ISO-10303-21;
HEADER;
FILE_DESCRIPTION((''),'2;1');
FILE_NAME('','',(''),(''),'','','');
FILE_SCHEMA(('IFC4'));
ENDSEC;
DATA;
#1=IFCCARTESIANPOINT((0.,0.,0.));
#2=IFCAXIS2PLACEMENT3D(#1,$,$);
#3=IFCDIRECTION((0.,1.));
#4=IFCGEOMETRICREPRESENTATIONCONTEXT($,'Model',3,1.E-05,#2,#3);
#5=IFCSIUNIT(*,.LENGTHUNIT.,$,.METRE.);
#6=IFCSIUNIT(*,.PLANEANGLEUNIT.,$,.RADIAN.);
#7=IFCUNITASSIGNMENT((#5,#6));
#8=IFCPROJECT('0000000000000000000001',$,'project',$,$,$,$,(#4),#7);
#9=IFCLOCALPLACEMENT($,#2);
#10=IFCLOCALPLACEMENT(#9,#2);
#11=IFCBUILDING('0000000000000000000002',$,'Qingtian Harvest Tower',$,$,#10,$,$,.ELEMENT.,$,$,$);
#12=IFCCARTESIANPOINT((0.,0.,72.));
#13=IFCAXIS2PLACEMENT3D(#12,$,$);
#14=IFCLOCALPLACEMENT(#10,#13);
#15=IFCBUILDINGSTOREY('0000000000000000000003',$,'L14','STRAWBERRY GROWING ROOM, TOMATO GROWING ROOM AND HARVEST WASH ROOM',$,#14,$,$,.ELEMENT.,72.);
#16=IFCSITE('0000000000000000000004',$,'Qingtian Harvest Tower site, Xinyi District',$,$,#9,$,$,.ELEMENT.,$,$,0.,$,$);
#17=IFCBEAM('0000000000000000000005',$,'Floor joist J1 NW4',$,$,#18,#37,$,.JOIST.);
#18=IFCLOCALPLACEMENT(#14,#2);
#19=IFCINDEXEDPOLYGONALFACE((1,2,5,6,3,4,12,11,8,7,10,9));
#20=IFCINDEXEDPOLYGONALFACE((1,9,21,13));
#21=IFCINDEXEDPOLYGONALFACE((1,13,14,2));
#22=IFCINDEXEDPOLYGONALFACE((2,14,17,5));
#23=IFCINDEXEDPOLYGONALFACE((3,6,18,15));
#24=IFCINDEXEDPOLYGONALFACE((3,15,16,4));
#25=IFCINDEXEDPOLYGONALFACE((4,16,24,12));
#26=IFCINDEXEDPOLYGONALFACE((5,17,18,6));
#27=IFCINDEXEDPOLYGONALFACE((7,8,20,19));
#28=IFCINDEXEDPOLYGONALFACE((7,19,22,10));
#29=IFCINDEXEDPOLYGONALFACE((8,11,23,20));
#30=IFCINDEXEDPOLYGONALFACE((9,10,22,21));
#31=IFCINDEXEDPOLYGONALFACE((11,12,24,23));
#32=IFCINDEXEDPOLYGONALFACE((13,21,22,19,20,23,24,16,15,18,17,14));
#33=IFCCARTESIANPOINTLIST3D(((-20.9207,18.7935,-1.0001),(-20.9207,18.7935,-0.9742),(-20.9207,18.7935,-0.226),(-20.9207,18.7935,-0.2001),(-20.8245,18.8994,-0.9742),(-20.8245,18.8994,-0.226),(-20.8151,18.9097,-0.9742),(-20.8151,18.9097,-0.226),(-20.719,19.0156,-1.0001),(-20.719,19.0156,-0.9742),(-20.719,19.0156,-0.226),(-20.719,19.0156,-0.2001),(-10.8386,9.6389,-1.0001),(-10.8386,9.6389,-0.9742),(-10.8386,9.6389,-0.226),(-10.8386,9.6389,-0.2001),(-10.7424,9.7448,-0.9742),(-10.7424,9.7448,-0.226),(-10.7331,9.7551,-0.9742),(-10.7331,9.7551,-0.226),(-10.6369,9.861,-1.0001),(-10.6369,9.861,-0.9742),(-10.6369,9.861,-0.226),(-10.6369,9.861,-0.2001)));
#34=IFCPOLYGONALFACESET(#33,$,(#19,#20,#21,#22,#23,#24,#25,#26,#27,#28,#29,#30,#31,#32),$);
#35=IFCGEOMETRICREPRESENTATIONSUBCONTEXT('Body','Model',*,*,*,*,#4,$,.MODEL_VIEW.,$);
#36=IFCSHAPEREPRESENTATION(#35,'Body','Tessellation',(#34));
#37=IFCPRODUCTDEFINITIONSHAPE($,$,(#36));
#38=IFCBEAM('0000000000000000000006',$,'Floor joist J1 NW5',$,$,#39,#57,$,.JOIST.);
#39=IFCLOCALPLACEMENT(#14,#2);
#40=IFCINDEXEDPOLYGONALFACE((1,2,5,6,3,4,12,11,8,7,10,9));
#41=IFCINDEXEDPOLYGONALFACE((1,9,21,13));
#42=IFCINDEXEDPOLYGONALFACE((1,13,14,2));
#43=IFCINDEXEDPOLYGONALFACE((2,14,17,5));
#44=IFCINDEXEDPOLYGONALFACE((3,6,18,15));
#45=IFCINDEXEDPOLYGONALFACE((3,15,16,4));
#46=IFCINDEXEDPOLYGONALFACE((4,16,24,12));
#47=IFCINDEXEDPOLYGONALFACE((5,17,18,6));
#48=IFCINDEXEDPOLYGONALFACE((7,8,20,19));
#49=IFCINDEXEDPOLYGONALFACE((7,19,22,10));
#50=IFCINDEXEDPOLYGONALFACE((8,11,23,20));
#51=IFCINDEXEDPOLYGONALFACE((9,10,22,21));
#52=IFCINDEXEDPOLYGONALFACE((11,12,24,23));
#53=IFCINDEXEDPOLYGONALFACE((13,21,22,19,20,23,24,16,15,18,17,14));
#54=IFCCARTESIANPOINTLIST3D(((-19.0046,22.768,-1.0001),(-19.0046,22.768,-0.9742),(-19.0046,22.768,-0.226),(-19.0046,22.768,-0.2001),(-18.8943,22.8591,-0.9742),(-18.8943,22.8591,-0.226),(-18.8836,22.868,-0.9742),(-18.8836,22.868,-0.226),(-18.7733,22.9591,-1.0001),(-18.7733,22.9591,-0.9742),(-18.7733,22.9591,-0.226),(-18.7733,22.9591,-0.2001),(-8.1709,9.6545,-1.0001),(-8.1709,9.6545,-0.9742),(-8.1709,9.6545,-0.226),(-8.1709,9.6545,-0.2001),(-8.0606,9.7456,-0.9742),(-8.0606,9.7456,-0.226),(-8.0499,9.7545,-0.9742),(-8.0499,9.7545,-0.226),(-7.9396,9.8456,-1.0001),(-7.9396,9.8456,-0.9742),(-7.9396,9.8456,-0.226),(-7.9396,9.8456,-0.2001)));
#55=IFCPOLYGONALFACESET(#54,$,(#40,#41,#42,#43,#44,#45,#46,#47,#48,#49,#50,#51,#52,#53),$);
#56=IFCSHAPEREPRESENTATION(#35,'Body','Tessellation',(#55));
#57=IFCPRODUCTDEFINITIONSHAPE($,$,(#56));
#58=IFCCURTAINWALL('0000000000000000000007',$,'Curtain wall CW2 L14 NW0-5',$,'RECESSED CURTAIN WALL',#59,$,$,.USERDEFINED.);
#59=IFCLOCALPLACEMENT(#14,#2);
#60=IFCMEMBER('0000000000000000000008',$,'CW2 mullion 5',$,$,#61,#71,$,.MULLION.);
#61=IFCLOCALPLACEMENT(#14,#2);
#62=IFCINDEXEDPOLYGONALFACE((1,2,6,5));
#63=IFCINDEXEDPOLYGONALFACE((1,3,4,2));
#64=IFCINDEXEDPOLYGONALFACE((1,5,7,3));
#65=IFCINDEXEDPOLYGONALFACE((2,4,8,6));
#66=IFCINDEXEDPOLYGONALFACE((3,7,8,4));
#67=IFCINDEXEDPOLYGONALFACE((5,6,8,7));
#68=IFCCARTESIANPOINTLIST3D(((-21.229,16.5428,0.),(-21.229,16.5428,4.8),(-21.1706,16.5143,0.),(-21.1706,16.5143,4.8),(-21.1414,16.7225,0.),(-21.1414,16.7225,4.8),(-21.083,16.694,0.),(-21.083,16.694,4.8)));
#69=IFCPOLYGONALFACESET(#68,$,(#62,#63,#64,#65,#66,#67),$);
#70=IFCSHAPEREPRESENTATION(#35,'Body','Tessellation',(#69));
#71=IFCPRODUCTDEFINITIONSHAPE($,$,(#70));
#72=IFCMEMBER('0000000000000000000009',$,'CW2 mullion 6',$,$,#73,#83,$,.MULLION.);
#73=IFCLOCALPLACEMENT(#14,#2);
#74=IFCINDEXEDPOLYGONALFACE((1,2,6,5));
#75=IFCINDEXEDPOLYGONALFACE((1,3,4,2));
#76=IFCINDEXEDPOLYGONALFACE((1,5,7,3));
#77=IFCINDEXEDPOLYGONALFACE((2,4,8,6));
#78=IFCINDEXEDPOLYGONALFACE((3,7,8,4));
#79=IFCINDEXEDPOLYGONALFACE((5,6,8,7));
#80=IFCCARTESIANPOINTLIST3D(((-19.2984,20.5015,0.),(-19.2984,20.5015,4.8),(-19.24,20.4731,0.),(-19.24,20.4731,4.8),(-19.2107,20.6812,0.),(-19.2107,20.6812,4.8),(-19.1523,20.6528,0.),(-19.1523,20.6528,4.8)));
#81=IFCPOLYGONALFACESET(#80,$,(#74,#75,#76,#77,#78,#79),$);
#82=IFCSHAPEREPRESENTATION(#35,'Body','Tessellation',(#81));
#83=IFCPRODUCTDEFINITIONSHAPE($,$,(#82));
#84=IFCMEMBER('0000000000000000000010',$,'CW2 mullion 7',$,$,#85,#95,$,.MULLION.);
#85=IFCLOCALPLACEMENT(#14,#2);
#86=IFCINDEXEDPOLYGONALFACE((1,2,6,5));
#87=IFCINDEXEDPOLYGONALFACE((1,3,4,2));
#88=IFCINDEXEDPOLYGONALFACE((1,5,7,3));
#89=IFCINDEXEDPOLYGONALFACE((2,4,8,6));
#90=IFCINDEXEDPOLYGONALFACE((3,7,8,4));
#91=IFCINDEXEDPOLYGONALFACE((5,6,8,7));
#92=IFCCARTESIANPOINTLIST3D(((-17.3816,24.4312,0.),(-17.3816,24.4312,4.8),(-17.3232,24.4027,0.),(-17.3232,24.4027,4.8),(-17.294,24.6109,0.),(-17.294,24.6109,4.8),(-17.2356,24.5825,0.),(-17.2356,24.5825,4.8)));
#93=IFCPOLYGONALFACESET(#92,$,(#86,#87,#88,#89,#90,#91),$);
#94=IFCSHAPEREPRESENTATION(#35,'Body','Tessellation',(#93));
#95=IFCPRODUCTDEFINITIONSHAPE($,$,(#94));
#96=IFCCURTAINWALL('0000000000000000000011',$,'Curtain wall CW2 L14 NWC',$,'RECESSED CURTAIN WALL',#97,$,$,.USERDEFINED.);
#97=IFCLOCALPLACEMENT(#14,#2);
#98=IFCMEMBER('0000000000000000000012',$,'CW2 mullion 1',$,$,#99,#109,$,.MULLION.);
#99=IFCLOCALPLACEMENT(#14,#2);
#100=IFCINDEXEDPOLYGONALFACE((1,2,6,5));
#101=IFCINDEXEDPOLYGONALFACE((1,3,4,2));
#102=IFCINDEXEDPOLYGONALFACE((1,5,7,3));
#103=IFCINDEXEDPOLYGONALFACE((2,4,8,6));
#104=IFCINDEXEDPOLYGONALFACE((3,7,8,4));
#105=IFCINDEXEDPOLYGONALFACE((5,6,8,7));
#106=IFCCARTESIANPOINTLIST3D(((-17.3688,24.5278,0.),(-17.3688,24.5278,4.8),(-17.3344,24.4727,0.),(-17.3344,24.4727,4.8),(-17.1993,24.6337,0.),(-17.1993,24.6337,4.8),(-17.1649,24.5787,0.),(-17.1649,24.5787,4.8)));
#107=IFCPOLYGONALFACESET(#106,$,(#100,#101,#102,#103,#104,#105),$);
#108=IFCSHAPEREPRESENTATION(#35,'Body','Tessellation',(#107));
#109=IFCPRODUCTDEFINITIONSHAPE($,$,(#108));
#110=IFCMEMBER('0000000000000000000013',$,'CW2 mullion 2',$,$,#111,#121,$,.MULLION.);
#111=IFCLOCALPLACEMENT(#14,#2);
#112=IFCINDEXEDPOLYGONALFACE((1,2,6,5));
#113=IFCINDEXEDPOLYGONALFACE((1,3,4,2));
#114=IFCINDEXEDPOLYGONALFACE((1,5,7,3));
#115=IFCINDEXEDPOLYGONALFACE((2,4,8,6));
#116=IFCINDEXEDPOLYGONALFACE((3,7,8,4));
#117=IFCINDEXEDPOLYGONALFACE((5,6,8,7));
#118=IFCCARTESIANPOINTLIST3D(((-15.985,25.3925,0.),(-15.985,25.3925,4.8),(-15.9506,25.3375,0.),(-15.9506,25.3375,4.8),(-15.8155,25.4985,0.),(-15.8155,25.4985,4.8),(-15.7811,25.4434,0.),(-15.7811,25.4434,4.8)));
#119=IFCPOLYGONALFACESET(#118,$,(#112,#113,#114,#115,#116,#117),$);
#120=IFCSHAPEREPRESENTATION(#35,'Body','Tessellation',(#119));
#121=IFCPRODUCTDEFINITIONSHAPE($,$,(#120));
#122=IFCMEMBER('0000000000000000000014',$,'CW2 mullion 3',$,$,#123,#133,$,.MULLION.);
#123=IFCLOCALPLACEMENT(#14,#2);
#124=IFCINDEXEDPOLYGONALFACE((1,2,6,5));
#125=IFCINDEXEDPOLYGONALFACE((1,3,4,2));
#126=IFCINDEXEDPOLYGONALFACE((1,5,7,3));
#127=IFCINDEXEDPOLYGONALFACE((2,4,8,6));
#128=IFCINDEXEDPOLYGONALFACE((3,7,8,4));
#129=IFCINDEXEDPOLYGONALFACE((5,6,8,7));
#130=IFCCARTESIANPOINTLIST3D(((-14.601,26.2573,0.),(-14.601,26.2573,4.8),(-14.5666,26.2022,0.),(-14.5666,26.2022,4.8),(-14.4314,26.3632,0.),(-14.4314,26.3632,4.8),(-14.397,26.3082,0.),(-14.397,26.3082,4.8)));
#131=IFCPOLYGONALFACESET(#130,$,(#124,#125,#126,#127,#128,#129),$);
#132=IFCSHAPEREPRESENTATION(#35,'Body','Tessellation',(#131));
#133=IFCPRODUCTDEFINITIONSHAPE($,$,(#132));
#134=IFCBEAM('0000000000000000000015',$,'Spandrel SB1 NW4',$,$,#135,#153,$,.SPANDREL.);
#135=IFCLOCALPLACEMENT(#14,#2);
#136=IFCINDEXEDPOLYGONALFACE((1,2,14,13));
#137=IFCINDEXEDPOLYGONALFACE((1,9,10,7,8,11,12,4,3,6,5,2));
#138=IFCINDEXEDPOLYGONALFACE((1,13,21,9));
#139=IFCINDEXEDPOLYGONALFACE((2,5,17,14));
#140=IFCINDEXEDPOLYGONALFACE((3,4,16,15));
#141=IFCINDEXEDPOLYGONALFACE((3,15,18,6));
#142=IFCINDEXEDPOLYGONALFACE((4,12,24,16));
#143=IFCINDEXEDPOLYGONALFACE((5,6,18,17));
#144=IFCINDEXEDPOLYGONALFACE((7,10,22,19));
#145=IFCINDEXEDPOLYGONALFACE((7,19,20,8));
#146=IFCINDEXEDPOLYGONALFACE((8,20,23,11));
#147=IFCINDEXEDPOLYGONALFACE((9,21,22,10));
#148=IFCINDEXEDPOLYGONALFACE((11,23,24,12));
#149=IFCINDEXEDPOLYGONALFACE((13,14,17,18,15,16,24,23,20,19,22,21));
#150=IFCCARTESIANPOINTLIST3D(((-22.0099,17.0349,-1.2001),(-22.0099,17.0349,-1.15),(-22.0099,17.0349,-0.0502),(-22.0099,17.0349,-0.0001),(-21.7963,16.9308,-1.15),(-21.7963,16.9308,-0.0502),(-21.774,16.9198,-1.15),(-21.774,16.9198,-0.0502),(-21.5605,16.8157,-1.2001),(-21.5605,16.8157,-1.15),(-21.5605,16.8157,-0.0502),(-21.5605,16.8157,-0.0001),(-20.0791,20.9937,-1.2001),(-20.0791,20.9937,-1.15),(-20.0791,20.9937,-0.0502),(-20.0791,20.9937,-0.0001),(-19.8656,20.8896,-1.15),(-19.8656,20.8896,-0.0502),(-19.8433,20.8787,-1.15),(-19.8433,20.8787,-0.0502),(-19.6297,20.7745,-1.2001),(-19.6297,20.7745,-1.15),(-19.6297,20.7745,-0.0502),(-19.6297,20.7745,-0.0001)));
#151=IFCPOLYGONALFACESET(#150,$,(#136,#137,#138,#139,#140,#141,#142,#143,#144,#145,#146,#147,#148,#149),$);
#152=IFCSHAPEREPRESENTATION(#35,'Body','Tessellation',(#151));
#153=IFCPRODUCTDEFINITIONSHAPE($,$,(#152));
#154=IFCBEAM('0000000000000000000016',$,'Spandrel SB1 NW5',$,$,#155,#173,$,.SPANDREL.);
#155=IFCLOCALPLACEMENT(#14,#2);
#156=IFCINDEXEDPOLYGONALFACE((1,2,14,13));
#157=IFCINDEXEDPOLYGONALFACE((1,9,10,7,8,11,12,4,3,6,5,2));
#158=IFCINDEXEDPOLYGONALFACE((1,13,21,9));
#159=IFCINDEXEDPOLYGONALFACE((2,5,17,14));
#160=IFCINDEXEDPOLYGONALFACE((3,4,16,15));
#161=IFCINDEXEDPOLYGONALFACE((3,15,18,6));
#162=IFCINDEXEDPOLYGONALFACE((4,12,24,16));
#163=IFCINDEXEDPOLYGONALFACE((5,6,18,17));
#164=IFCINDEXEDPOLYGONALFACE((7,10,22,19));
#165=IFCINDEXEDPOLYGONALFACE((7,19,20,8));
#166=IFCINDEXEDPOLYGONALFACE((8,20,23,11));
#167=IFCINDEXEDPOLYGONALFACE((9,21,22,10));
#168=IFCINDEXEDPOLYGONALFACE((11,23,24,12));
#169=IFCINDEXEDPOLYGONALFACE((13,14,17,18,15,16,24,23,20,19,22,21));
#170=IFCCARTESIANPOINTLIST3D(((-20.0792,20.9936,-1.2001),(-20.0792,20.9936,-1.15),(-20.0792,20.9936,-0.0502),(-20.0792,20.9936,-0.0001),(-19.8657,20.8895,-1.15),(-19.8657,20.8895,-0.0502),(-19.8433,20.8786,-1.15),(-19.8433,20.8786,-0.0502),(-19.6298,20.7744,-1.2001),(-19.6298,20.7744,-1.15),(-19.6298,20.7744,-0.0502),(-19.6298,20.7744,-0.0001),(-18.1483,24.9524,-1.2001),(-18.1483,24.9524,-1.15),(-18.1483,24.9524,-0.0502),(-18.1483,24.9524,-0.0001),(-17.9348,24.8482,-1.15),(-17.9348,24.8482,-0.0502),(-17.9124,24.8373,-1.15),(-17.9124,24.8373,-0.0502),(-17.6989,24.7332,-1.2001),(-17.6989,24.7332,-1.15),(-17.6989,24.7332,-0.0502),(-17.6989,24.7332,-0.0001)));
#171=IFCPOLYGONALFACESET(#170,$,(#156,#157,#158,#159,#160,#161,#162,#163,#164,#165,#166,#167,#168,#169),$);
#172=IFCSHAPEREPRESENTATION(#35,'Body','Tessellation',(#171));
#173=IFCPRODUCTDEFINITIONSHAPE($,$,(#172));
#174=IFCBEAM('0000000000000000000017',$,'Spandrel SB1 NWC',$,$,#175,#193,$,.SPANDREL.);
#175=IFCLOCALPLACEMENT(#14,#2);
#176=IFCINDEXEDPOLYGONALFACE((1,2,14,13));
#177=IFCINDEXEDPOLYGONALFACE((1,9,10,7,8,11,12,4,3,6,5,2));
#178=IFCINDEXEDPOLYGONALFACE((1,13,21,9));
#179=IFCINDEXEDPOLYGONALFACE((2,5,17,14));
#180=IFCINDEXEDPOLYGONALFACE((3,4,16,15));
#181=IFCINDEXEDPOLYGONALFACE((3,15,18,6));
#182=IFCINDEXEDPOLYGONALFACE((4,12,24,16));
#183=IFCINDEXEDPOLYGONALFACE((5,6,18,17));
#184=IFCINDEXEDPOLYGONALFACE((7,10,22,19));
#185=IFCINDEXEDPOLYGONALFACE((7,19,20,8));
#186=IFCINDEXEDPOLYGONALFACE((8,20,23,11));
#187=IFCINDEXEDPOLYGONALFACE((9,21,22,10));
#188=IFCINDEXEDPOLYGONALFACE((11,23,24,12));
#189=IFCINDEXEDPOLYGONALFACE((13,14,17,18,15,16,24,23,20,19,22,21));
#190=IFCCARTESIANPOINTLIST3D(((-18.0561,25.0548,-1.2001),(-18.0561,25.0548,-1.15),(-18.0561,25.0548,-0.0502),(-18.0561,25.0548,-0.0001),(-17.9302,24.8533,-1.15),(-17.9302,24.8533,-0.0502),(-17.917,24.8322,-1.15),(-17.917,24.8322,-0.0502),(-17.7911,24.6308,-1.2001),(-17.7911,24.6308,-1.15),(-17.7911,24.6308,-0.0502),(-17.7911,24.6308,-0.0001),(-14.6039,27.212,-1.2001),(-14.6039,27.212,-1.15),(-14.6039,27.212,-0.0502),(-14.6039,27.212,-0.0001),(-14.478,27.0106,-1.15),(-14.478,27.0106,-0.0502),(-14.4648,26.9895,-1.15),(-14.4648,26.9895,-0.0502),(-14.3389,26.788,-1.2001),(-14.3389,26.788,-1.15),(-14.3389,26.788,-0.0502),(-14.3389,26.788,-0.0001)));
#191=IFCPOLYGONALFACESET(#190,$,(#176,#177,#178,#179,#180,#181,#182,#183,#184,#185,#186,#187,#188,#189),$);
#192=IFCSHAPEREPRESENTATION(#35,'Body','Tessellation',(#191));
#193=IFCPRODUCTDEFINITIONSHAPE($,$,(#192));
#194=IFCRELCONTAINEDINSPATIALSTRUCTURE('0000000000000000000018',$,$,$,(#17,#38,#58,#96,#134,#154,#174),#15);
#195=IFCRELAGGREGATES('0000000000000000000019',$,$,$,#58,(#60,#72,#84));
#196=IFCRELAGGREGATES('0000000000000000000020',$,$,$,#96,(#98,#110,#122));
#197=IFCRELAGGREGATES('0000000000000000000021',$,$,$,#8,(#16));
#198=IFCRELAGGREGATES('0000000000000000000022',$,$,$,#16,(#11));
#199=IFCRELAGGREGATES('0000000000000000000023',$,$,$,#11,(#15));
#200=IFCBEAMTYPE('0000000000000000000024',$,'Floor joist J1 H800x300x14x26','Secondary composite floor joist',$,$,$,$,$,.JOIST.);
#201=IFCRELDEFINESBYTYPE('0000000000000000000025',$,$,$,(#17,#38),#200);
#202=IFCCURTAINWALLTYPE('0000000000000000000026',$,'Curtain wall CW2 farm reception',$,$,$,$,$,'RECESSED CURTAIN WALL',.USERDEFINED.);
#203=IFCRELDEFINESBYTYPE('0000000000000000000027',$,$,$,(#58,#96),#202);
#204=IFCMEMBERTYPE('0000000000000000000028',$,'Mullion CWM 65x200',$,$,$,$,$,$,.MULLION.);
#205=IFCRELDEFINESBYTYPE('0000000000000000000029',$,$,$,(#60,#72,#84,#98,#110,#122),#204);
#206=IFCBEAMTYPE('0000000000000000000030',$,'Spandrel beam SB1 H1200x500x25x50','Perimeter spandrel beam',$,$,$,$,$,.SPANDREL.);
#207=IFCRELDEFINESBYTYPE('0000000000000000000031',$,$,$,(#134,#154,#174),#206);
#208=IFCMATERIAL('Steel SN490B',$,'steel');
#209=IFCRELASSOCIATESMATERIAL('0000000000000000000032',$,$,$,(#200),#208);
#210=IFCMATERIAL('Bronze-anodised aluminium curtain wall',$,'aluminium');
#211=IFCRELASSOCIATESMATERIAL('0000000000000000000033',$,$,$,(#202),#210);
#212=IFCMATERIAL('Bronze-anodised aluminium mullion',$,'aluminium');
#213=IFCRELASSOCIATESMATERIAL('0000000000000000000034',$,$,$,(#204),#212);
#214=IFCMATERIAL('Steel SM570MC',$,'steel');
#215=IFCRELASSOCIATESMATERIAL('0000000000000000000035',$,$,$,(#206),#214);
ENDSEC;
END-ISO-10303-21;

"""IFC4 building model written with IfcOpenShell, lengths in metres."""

from ifc_helpers import new_model, si_unit, direction, frame, origin, origin_2d, place, context, subcontext, project, spatial, rectangle, i_section, extrude, material, material_profile, profile_set, type_object, element, aggregate, save


model = new_model("IFC4")

# Units and contexts
model_context = context("Model", 3, precision=1e-05, world=origin(), true_north=direction((0.0, 1.0)))
body_context = subcontext(model_context, "Body", "Model", "MODEL_VIEW")
ifc_project = project(units=[si_unit("LENGTHUNIT", "METRE"), si_unit("PLANEANGLEUNIT", "RADIAN")], contexts=[model_context])

# Site, building, storey
site_placement = place(None, origin())
site = spatial("IfcSite", under=ifc_project, at=site_placement, Name="Qingtian Harvest Tower site, Xinyi District", CompositionType="ELEMENT", RefElevation=0.0)
building_placement = place(site_placement, origin())
building = spatial("IfcBuilding", under=site, at=building_placement, Name="Qingtian Harvest Tower", CompositionType="ELEMENT")
storey_placement = place(building_placement, frame((0.0, 0.0, 72.0)))
storey = spatial("IfcBuildingStorey", under=building, at=storey_placement, Name="L14", Description="STRAWBERRY GROWING ROOM, TOMATO GROWING ROOM AND HARVEST WASH ROOM", CompositionType="ELEMENT", Elevation=72.0)

# Beams
ifc_material_1 = material(Name="Steel SN490B", Category="steel")
ifc_material_profile_1 = material_profile(ifc_material_1, i_section(OverallWidth=0.3, OverallDepth=0.8, WebThickness=0.0139, FlangeThickness=0.0259, at=origin_2d()), Name="H800x300x14x26")
ifc_profile_set_1 = profile_set([ifc_material_profile_1], Name="Steel SN490B")
beam_type_1 = type_object("IfcBeamType", Name="Floor joist J1 H800x300x14x26", Description="Secondary composite floor joist", PredefinedType="JOIST", material=ifc_profile_set_1)
beam_1_placement = place(storey_placement, frame((-20.8198, 18.9045, -0.6001), z_axis=(0.74034, -0.672233, 0.0), x_axis=(0.672233, 0.74034, 0.0)))
element("IfcBeam", 1, at=beam_1_placement, inside=storey, type_object=beam_type_1, Name="Floor joist J1 NW4", PredefinedType="JOIST", context=body_context, shape_type="SweptSolid", body=[
    extrude(i_section(OverallWidth=0.3, OverallDepth=0.8, WebThickness=0.0139, FlangeThickness=0.0259, at=origin_2d()), origin(), (0.0, 0.0, 1.0), 13.6182),
])
beam_2_placement = place(storey_placement, frame((-18.8889, 22.8635, -0.6001), z_axis=(0.63691, -0.770938, 0.0), x_axis=(0.770938, 0.63691, 0.0)))
element("IfcBeam", 2, at=beam_2_placement, inside=storey, type_object=beam_type_1, Name="Floor joist J1 NW5", PredefinedType="JOIST", context=body_context, shape_type="SweptSolid", body=[
    extrude(i_section(OverallWidth=0.3, OverallDepth=0.8, WebThickness=0.0139, FlangeThickness=0.0259, at=origin_2d()), origin(), (0.0, 0.0, 1.0), 17.0098),
])

# Curtain walls, members
ifc_material_2 = material(Name="Bronze-anodised aluminium curtain wall", Category="aluminium")
curtain_wall_type = type_object("IfcCurtainWallType", Name="Curtain wall CW2 farm reception", ElementType="RECESSED CURTAIN WALL", PredefinedType="USERDEFINED", material=ifc_material_2)
curtain_wall_1_placement = place(storey_placement, origin())
curtain_wall_1 = element("IfcCurtainWall", 3, at=curtain_wall_1_placement, inside=storey, type_object=curtain_wall_type, Name="Curtain wall CW2 L14 NW0-5", ObjectType="RECESSED CURTAIN WALL", PredefinedType="USERDEFINED")
ifc_material_3 = material(Name="Bronze-anodised aluminium mullion", Category="aluminium")
ifc_material_profile_2 = material_profile(ifc_material_3, rectangle(XDim=0.0649, YDim=0.2, at=origin_2d()), Name="AL 65x200")
ifc_profile_set_2 = profile_set([ifc_material_profile_2], Name="Bronze-anodised aluminium mullion")
member_type_1 = type_object("IfcMemberType", Name="Mullion CWM 65x200", PredefinedType="MULLION", material=ifc_profile_set_2)
member_1_placement = place(storey_placement, frame((-21.156, 16.6184, 0.0), z_axis=(0.0, 0.0, 1.0), x_axis=(-0.898794, 0.438371, 0.0)))
member_1 = element("IfcMember", 4, at=member_1_placement, type_object=member_type_1, Name="CW2 mullion 5", PredefinedType="MULLION", context=body_context, shape_type="SweptSolid", body=[
    extrude(rectangle(XDim=0.0649, YDim=0.2, at=origin_2d()), origin(), (0.0, 0.0, 1.0), 4.8),
])
member_2_placement = place(storey_placement, frame((-19.2253, 20.5771, 0.0), z_axis=(0.0, 0.0, 1.0), x_axis=(-0.898794, 0.438371, 0.0)))
member_2 = element("IfcMember", 5, at=member_2_placement, type_object=member_type_1, Name="CW2 mullion 6", PredefinedType="MULLION", context=body_context, shape_type="SweptSolid", body=[
    extrude(rectangle(XDim=0.0649, YDim=0.2, at=origin_2d()), origin(), (0.0, 0.0, 1.0), 4.8),
])
member_3_placement = place(storey_placement, frame((-17.3086, 24.5068, 0.0), z_axis=(0.0, 0.0, 1.0), x_axis=(-0.898794, 0.438371, 0.0)))
member_3 = element("IfcMember", 6, at=member_3_placement, type_object=member_type_1, Name="CW2 mullion 7", PredefinedType="MULLION", context=body_context, shape_type="SweptSolid", body=[
    extrude(rectangle(XDim=0.0649, YDim=0.2, at=origin_2d()), origin(), (0.0, 0.0, 1.0), 4.8),
])
curtain_wall_2_placement = place(storey_placement, origin())
curtain_wall_2 = element("IfcCurtainWall", 7, at=curtain_wall_2_placement, inside=storey, type_object=curtain_wall_type, Name="Curtain wall CW2 L14 NWC", ObjectType="RECESSED CURTAIN WALL", PredefinedType="USERDEFINED")
member_4_placement = place(storey_placement, frame((-17.2668, 24.5532, 0.0), z_axis=(0.0, 0.0, 1.0), x_axis=(-0.529919, 0.848048, 0.0)))
member_4 = element("IfcMember", 8, at=member_4_placement, type_object=member_type_1, Name="CW2 mullion 1", PredefinedType="MULLION", context=body_context, shape_type="SweptSolid", body=[
    extrude(rectangle(XDim=0.0649, YDim=0.2, at=origin_2d()), origin(), (0.0, 0.0, 1.0), 4.8),
])
member_5_placement = place(storey_placement, frame((-15.8831, 25.418, 0.0), z_axis=(0.0, 0.0, 1.0), x_axis=(-0.529919, 0.848048, 0.0)))
member_5 = element("IfcMember", 9, at=member_5_placement, type_object=member_type_1, Name="CW2 mullion 2", PredefinedType="MULLION", context=body_context, shape_type="SweptSolid", body=[
    extrude(rectangle(XDim=0.0649, YDim=0.2, at=origin_2d()), origin(), (0.0, 0.0, 1.0), 4.8),
])
member_6_placement = place(storey_placement, frame((-14.499, 26.2827, 0.0), z_axis=(0.0, 0.0, 1.0), x_axis=(-0.529919, 0.848048, 0.0)))
member_6 = element("IfcMember", 10, at=member_6_placement, type_object=member_type_1, Name="CW2 mullion 3", PredefinedType="MULLION", context=body_context, shape_type="SweptSolid", body=[
    extrude(rectangle(XDim=0.0649, YDim=0.2, at=origin_2d()), origin(), (0.0, 0.0, 1.0), 4.8),
])

# Beams
ifc_material_4 = material(Name="Steel SM570MC", Category="steel")
ifc_material_profile_3 = material_profile(ifc_material_4, i_section(OverallWidth=0.5, OverallDepth=1.2, WebThickness=0.0249, FlangeThickness=0.05, at=origin_2d()), Name="H1200x500x25x50")
ifc_profile_set_3 = profile_set([ifc_material_profile_3], Name="Steel SM570MC")
beam_type_2 = type_object("IfcBeamType", Name="Spandrel beam SB1 H1200x500x25x50", Description="Perimeter spandrel beam", PredefinedType="SPANDREL", material=ifc_profile_set_3)
for number, where, z_axis, x_axis, name in (
    (11, (-21.7852, 16.9253, -0.6001), (0.438345, 0.898807, 0.0), (-0.898807, 0.438345, 0.0), "Spandrel SB1 NW4"),
    (12, (-19.8545, 20.884, -0.6001), (0.43839, 0.898785, 0.0), (-0.898785, 0.43839, 0.0), "Spandrel SB1 NW5"),
):
    element("IfcBeam", number, at=place(storey_placement, frame(where, z_axis=z_axis, x_axis=x_axis)), inside=storey, type_object=beam_type_2, Name=name, PredefinedType="SPANDREL", context=body_context, shape_type="SweptSolid", body=[
        extrude(i_section(OverallWidth=0.5, OverallDepth=1.2, WebThickness=0.0249, FlangeThickness=0.05, at=origin_2d()), origin(), (0.0, 0.0, 1.0), 4.4045),
    ])
beam_3_placement = place(storey_placement, frame((-17.9236, 24.8428, -0.6001), z_axis=(0.848039, 0.529934, 0.0), x_axis=(-0.529934, 0.848039, 0.0)))
element("IfcBeam", 13, at=beam_3_placement, inside=storey, type_object=beam_type_2, Name="Spandrel SB1 NWC", PredefinedType="SPANDREL", context=body_context, shape_type="SweptSolid", body=[
    extrude(i_section(OverallWidth=0.5, OverallDepth=1.2, WebThickness=0.0249, FlangeThickness=0.05, at=origin_2d()), origin(), (0.0, 0.0, 1.0), 4.0708),
])

aggregate(curtain_wall_1, [member_1, member_2, member_3])
aggregate(curtain_wall_2, [member_4, member_5, member_6])

save(model, "model.ifc")
